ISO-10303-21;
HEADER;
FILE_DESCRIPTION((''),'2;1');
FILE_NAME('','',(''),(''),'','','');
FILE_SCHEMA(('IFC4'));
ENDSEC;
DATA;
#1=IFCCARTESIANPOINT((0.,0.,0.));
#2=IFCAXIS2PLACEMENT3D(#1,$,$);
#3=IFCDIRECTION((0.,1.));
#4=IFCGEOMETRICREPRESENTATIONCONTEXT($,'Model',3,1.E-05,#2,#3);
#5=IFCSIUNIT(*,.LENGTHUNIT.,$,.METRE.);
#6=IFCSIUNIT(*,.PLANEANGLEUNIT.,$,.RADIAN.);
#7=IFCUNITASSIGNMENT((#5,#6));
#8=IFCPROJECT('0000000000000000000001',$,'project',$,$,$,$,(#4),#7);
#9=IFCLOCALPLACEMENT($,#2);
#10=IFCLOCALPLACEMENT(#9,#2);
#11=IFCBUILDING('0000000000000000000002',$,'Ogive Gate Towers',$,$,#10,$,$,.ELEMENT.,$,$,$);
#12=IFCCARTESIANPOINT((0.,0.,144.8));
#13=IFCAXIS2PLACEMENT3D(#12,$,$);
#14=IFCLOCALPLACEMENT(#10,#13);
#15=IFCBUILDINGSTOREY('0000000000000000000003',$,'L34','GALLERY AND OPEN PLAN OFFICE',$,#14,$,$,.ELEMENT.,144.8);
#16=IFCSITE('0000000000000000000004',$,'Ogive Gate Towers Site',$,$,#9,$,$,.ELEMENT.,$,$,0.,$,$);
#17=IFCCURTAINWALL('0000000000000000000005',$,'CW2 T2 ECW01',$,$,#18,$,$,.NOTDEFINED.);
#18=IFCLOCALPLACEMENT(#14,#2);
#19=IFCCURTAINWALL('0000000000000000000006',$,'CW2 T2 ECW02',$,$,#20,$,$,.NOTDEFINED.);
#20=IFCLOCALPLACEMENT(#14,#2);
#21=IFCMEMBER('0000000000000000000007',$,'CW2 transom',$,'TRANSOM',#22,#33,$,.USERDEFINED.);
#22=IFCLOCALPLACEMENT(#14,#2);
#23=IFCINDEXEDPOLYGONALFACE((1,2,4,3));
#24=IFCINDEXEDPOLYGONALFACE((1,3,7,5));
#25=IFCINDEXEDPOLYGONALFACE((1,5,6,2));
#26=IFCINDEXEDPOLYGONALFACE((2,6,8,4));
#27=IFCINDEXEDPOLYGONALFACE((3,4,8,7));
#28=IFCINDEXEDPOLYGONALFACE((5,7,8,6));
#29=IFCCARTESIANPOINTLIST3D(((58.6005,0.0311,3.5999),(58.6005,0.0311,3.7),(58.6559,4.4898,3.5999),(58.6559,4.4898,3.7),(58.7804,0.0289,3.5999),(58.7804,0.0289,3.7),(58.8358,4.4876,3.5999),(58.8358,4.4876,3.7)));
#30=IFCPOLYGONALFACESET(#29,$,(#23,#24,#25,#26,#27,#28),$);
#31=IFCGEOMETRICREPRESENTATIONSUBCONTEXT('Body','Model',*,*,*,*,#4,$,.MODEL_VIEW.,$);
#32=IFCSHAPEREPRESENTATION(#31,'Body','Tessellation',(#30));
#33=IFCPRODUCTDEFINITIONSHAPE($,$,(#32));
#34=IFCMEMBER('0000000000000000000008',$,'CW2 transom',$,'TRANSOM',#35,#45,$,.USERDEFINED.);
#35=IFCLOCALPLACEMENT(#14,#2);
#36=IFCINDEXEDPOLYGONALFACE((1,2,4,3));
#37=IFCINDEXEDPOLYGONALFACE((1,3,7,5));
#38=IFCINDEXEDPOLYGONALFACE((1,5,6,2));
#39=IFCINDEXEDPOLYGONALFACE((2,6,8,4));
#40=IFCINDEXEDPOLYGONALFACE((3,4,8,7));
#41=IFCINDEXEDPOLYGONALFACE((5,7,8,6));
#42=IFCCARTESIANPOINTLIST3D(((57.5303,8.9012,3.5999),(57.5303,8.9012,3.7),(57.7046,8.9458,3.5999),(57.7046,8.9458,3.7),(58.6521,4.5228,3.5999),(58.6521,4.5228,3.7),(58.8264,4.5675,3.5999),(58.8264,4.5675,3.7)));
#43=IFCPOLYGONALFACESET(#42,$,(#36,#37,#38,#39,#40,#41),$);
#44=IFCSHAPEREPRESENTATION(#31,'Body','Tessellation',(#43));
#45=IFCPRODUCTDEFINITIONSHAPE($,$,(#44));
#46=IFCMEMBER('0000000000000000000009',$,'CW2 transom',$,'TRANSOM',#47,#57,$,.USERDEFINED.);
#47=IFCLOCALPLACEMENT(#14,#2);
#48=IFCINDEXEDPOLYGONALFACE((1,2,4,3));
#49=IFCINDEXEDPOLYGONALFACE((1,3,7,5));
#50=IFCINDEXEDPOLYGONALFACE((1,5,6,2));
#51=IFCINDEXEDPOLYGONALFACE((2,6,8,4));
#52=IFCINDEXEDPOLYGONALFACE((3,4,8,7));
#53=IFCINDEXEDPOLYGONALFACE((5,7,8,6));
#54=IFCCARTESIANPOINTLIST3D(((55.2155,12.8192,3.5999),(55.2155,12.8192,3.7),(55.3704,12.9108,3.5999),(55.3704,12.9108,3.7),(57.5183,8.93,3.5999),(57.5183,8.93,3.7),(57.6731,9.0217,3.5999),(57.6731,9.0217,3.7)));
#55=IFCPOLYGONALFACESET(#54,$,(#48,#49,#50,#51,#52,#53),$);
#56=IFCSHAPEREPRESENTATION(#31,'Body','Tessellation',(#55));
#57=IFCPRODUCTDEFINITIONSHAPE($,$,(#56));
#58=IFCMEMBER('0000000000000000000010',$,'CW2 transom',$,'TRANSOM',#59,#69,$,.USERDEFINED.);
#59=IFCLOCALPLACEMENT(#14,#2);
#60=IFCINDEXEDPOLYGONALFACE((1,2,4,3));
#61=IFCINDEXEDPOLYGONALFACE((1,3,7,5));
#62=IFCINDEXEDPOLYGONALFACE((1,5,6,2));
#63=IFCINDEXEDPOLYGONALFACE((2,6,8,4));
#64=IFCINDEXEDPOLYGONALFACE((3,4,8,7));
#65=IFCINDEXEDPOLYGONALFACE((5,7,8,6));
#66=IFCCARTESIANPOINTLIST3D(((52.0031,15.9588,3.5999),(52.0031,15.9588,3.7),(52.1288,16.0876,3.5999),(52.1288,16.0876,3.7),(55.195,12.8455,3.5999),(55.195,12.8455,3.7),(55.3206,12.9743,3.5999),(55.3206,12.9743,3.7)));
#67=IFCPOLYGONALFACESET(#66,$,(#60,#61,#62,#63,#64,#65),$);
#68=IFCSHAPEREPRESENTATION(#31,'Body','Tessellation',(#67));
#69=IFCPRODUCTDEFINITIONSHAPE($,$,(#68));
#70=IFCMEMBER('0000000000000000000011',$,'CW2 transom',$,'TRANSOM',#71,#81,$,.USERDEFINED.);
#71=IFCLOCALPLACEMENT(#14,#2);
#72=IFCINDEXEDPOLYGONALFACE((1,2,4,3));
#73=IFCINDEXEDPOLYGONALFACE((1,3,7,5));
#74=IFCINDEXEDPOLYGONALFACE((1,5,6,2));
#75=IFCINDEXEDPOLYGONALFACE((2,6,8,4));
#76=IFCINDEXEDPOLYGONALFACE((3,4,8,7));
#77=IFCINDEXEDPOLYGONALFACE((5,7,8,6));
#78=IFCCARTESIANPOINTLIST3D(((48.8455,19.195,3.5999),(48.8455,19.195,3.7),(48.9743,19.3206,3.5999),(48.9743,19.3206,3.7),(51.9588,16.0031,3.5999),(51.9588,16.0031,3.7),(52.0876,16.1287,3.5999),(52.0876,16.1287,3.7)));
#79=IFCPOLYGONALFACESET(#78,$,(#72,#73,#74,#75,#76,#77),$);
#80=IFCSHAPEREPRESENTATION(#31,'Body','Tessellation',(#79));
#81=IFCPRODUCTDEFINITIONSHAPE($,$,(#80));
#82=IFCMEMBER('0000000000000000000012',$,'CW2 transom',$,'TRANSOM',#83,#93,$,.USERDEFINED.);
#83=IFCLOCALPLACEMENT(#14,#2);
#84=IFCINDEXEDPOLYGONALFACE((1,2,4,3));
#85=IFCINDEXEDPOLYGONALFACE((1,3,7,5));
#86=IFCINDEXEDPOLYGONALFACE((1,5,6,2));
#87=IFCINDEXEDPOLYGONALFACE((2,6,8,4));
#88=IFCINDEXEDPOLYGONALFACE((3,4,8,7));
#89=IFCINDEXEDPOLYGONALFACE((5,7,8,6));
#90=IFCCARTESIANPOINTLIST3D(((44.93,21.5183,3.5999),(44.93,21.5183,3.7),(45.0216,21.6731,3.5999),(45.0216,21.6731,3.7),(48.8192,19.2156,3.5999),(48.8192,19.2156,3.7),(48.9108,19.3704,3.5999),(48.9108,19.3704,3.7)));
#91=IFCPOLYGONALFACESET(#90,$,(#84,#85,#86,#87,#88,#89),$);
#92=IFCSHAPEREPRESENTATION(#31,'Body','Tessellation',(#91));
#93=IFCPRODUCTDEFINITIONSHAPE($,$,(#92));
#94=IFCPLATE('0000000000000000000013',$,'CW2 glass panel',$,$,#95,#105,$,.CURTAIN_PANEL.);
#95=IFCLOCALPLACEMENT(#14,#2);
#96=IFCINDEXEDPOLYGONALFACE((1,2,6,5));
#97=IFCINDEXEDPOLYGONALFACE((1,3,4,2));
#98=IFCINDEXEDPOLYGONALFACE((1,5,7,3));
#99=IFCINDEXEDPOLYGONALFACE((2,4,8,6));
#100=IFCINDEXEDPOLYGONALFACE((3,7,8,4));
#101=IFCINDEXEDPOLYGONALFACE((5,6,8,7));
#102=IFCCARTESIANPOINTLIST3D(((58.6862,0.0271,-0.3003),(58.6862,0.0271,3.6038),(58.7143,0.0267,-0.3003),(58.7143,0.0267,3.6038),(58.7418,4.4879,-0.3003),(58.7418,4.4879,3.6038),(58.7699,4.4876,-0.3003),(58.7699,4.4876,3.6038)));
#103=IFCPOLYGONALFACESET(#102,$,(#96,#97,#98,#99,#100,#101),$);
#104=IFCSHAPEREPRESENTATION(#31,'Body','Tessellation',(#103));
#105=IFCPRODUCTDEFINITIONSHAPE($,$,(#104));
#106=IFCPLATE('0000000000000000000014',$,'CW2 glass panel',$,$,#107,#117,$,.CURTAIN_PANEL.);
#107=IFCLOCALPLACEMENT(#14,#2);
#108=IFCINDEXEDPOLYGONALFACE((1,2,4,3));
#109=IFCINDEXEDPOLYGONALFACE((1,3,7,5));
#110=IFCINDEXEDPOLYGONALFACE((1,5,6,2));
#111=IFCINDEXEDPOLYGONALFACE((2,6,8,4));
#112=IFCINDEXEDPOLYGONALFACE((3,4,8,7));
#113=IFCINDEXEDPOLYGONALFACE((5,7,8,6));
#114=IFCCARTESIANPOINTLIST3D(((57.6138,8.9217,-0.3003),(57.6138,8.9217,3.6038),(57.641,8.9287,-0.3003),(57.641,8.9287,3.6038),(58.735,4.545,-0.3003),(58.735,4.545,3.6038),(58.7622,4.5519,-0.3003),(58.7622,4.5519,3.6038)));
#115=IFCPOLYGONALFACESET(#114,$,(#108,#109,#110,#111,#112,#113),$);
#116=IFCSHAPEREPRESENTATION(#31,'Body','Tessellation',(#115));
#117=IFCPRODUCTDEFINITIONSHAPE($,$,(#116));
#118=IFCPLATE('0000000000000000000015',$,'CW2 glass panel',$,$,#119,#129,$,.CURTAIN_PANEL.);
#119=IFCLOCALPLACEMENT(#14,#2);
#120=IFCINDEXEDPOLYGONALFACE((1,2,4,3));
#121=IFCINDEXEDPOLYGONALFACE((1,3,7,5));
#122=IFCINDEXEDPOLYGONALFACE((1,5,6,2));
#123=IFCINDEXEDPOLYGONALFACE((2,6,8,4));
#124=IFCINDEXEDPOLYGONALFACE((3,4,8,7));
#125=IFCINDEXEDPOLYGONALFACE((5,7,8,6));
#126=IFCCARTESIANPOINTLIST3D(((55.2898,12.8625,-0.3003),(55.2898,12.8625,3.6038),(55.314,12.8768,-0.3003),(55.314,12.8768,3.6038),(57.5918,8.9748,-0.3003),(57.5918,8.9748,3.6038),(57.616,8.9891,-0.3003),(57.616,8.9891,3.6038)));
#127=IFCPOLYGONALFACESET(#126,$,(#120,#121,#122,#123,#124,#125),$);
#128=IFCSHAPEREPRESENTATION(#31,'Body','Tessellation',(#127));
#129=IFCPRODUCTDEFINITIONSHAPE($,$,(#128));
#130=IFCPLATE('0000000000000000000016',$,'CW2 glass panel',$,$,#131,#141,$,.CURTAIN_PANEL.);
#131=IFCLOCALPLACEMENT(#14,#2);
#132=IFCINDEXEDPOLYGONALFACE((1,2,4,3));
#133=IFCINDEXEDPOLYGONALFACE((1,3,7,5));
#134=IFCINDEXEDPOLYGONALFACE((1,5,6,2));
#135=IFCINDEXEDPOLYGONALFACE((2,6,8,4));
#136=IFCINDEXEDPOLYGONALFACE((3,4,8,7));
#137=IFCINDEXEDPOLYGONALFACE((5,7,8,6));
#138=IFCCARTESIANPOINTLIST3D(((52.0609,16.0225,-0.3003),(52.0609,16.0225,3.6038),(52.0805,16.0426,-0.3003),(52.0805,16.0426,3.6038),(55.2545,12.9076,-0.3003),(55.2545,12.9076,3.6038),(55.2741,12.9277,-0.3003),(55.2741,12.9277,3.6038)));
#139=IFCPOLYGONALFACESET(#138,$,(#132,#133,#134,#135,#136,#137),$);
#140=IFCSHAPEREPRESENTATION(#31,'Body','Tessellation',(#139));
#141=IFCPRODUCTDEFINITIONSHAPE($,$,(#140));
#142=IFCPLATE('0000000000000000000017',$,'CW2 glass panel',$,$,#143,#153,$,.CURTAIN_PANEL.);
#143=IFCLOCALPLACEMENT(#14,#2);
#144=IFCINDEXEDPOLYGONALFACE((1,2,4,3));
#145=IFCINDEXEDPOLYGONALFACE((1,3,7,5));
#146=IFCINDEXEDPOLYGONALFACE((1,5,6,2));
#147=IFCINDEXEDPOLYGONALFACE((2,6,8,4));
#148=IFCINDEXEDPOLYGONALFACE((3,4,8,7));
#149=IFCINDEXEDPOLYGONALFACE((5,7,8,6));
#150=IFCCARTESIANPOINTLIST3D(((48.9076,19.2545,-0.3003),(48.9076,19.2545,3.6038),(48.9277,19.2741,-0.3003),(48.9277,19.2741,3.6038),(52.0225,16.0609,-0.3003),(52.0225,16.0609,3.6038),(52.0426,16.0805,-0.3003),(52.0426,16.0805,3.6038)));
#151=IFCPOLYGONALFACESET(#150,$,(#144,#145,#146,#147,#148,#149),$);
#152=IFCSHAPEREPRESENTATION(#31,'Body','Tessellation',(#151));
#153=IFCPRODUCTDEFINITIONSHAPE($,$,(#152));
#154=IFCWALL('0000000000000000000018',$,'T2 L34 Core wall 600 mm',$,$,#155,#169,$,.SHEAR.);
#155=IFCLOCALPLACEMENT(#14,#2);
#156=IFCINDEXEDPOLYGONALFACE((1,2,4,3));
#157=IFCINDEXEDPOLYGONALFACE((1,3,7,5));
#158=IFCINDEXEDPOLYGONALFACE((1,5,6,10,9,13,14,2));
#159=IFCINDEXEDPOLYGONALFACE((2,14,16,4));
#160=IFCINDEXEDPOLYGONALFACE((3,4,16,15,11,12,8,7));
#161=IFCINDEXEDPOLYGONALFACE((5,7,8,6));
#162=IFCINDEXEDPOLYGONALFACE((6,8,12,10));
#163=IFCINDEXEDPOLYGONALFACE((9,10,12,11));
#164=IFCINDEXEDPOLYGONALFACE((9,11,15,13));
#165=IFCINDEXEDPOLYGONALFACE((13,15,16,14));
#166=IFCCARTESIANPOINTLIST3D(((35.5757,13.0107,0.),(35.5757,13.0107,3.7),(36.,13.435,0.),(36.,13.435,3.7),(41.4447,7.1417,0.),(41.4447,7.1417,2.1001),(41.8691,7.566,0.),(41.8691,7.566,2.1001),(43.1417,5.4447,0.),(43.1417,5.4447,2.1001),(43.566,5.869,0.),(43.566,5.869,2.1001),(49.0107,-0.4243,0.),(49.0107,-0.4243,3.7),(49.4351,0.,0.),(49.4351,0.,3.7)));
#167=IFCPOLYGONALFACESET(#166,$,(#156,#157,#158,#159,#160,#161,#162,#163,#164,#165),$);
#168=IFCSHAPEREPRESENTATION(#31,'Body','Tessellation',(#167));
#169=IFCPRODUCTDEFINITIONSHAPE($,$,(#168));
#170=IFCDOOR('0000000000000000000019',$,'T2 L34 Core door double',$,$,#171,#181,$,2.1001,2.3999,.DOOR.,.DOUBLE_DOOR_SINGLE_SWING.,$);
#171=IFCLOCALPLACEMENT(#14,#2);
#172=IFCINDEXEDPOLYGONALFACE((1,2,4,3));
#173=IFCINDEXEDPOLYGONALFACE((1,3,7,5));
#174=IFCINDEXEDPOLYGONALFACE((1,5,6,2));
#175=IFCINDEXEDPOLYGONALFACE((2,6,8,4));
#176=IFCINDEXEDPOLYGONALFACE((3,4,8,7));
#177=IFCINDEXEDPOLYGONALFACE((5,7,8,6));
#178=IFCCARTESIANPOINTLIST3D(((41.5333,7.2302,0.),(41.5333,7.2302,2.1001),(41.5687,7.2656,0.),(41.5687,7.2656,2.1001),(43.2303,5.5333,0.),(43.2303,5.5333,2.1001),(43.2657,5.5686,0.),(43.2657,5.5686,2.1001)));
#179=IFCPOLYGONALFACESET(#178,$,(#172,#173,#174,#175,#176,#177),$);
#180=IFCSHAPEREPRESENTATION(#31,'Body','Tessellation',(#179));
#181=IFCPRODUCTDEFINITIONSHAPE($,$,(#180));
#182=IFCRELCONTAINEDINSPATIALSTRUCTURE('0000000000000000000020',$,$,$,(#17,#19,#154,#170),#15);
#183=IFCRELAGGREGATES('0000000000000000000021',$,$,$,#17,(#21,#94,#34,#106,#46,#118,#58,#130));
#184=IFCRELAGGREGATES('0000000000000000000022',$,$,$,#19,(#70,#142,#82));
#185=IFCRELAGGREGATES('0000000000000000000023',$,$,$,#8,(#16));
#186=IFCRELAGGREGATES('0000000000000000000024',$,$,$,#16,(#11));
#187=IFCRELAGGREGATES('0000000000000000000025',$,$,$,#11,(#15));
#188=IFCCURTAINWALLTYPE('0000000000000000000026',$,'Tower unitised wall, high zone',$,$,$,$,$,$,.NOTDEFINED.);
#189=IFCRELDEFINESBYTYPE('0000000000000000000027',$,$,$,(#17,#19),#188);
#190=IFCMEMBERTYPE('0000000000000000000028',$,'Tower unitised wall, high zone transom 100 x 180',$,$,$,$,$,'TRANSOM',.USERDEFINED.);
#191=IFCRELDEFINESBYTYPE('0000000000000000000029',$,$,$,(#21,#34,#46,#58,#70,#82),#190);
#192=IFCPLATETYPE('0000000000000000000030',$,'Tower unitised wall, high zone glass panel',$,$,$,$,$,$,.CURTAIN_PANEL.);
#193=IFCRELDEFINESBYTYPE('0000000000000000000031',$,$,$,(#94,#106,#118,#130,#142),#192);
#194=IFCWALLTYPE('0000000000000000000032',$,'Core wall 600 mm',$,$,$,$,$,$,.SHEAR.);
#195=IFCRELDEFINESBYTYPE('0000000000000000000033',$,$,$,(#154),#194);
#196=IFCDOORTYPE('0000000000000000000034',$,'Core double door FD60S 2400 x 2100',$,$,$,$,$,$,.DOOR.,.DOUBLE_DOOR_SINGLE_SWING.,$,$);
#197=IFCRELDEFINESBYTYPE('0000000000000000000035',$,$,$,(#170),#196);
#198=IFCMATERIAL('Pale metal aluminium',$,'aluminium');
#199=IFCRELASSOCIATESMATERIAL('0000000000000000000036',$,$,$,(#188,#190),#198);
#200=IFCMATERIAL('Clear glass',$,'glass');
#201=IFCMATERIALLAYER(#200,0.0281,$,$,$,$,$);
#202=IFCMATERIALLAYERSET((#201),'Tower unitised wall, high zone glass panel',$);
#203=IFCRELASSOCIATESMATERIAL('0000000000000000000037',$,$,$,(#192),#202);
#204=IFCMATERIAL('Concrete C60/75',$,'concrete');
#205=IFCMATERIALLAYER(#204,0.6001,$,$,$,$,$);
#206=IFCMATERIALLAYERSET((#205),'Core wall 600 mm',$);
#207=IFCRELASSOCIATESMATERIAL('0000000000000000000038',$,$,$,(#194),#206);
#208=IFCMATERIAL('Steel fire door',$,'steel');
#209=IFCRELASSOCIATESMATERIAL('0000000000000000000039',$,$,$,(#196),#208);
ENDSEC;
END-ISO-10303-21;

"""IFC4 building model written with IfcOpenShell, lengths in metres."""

from ifc_helpers import new_model, si_unit, direction, frame, frame_2d, origin, origin_2d, place, context, subcontext, project, spatial, rectangle, extrude, material, layer, layer_set, material_profile, profile_set, type_object, element, fill, aggregate, save


model = new_model("IFC4")

# Units and contexts
model_context = context("Model", 3, precision=1e-05, world=origin(), true_north=direction((0.0, 1.0)))
body_context = subcontext(model_context, "Body", "Model", "MODEL_VIEW")
ifc_project = project(units=[si_unit("LENGTHUNIT", "METRE"), si_unit("PLANEANGLEUNIT", "RADIAN")], contexts=[model_context])

# Site, building, storey
site_placement = place(None, origin())
site = spatial("IfcSite", under=ifc_project, at=site_placement, Name="Ogive Gate Towers Site", CompositionType="ELEMENT", RefElevation=0.0)
building_placement = place(site_placement, origin())
building = spatial("IfcBuilding", under=site, at=building_placement, Name="Ogive Gate Towers", CompositionType="ELEMENT")
storey_placement = place(building_placement, frame((0.0, 0.0, 144.8)))
storey = spatial("IfcBuildingStorey", under=building, at=storey_placement, Name="L34", Description="GALLERY AND OPEN PLAN OFFICE", CompositionType="ELEMENT", Elevation=144.8)

# Curtain wall
ifc_material_1 = material(Name="Pale metal aluminium", Category="aluminium")
curtain_wall_type = type_object("IfcCurtainWallType", Name="Tower unitised wall, high zone", PredefinedType="NOTDEFINED", material=ifc_material_1)
curtain_wall_1_placement = place(storey_placement, origin())
curtain_wall_1 = element("IfcCurtainWall", 1, at=curtain_wall_1_placement, inside=storey, type_object=curtain_wall_type, Name="CW2 T2 ECW01", PredefinedType="NOTDEFINED")

# Curtain wall
curtain_wall_2_placement = place(storey_placement, origin())
curtain_wall_2 = element("IfcCurtainWall", 2, at=curtain_wall_2_placement, inside=storey, type_object=curtain_wall_type, Name="CW2 T2 ECW02", PredefinedType="NOTDEFINED")

# Members
ifc_material_profile_1 = material_profile(ifc_material_1, rectangle(XDim=0.1799, YDim=0.1001, at=origin_2d()), Name="100 x 180 aluminium box")
ifc_profile_set_1 = profile_set([ifc_material_profile_1], Name="Pale metal aluminium")
member_type_1 = type_object("IfcMemberType", Name="Tower unitised wall, high zone transom 100 x 180", ElementType="TRANSOM", PredefinedType="USERDEFINED", material=ifc_profile_set_1)
member_1_placement = place(storey_placement, frame((58.6904, 0.03, 3.6499), z_axis=(0.012429, 0.999923, 0.0), x_axis=(-0.999923, 0.012429, 0.0)))
member_1 = element("IfcMember", 3, at=member_1_placement, type_object=member_type_1, Name="CW2 transom", ObjectType="TRANSOM", PredefinedType="USERDEFINED", context=body_context, shape_type="SweptSolid", body=[
    extrude(rectangle(XDim=0.1799, YDim=0.1001, at=origin_2d()), origin(), (0.0, 0.0, 1.0), 4.459),
])
member_2_placement = place(storey_placement, frame((58.7393, 4.5452, 3.6499), z_axis=(-0.2482, 0.968709, 0.0), x_axis=(-0.968709, -0.2482, 0.0)))
member_2 = element("IfcMember", 4, at=member_2_placement, type_object=member_type_1, Name="CW2 transom", ObjectType="TRANSOM", PredefinedType="USERDEFINED", context=body_context, shape_type="SweptSolid", body=[
    extrude(rectangle(XDim=0.1799, YDim=0.1001, at=origin_2d()), origin(), (0.0, 0.0, 1.0), 4.5198),
])
member_3_placement = place(storey_placement, frame((57.5957, 8.9758, 3.6499), z_axis=(-0.509483, 0.860481, 0.0), x_axis=(-0.860481, -0.509483, 0.0)))
member_3 = element("IfcMember", 5, at=member_3_placement, type_object=member_type_1, Name="CW2 transom", ObjectType="TRANSOM", PredefinedType="USERDEFINED", context=body_context, shape_type="SweptSolid", body=[
    extrude(rectangle(XDim=0.1799, YDim=0.1001, at=origin_2d()), origin(), (0.0, 0.0, 1.0), 4.5198),
])
member_4_placement = place(storey_placement, frame((55.2578, 12.9099, 3.6499), z_axis=(-0.715867, 0.698236, 0.0), x_axis=(-0.698236, -0.715867, 0.0)))
member_4 = element("IfcMember", 6, at=member_4_placement, type_object=member_type_1, Name="CW2 transom", ObjectType="TRANSOM", PredefinedType="USERDEFINED", context=body_context, shape_type="SweptSolid", body=[
    extrude(rectangle(XDim=0.1799, YDim=0.1001, at=origin_2d()), origin(), (0.0, 0.0, 1.0), 4.4587),
])
member_5_placement = place(storey_placement, frame((52.0232, 16.0659, 3.6499), z_axis=(-0.698236, 0.715867, 0.0), x_axis=(-0.715867, -0.698236, 0.0)))
member_5 = element("IfcMember", 7, at=member_5_placement, type_object=member_type_1, Name="CW2 transom", ObjectType="TRANSOM", PredefinedType="USERDEFINED", context=body_context, shape_type="SweptSolid", body=[
    extrude(rectangle(XDim=0.1799, YDim=0.1001, at=origin_2d()), origin(), (0.0, 0.0, 1.0), 4.4587),
])
member_6_placement = place(storey_placement, frame((48.865, 19.293, 3.6499), z_axis=(-0.860481, 0.509483, 0.0), x_axis=(-0.509483, -0.860481, 0.0)))
member_6 = element("IfcMember", 8, at=member_6_placement, type_object=member_type_1, Name="CW2 transom", ObjectType="TRANSOM", PredefinedType="USERDEFINED", context=body_context, shape_type="SweptSolid", body=[
    extrude(rectangle(XDim=0.1799, YDim=0.1001, at=origin_2d()), origin(), (0.0, 0.0, 1.0), 4.5198),
])

# Plates
ifc_material_2 = material(Name="Clear glass", Category="glass")
ifc_layer_1 = layer(ifc_material_2, 0.0281)
ifc_layer_set_1 = layer_set([ifc_layer_1], Name="Tower unitised wall, high zone glass panel")
plate_type = type_object("IfcPlateType", Name="Tower unitised wall, high zone glass panel", PredefinedType="CURTAIN_PANEL", material=ifc_layer_set_1)
plate_1_placement = place(storey_placement, frame((58.728, 2.2573, -0.3003), z_axis=(0.0, 0.0, 1.0), x_axis=(0.012461, 0.999922, 0.0)))
plate_1 = element("IfcPlate", 9, at=plate_1_placement, type_object=plate_type, Name="CW2 glass panel", PredefinedType="CURTAIN_PANEL", context=body_context, shape_type="SweptSolid", body=[
    extrude(rectangle(XDim=4.4612, YDim=0.0281, at=origin_2d()), origin(), (0.0, 0.0, 1.0), 3.9041),
])
plate_2_placement = place(storey_placement, frame((58.188, 6.7368, -0.3003), z_axis=(0.0, 0.0, 1.0), x_axis=(-0.248166, 0.968718, 0.0)))
plate_2 = element("IfcPlate", 10, at=plate_2_placement, type_object=plate_type, Name="CW2 glass panel", PredefinedType="CURTAIN_PANEL", context=body_context, shape_type="SweptSolid", body=[
    extrude(rectangle(XDim=4.5181, YDim=0.0281, at=origin_2d()), origin(), (0.0, 0.0, 1.0), 3.9041),
])
plate_3_placement = place(storey_placement, frame((56.4529, 10.9258, -0.3003), z_axis=(0.0, 0.0, 1.0), x_axis=(-0.509507, 0.860466, 0.0)))
plate_3 = element("IfcPlate", 11, at=plate_3_placement, type_object=plate_type, Name="CW2 glass panel", PredefinedType="CURTAIN_PANEL", context=body_context, shape_type="SweptSolid", body=[
    extrude(rectangle(XDim=4.5181, YDim=0.0281, at=origin_2d()), origin(), (0.0, 0.0, 1.0), 3.9041),
])
plate_4_placement = place(storey_placement, frame((53.6675, 14.4751, -0.3003), z_axis=(0.0, 0.0, 1.0), x_axis=(-0.715863, 0.69824, 0.0)))
plate_4 = element("IfcPlate", 12, at=plate_4_placement, type_object=plate_type, Name="CW2 glass panel", PredefinedType="CURTAIN_PANEL", context=body_context, shape_type="SweptSolid", body=[
    extrude(rectangle(XDim=4.4612, YDim=0.0281, at=origin_2d()), origin(), (0.0, 0.0, 1.0), 3.9041),
])
aggregate(curtain_wall_1, [member_1, plate_1, member_2, plate_2, member_3, plate_3, member_4, plate_4])
plate_5_placement = place(storey_placement, frame((50.4751, 17.6675, -0.3003), z_axis=(0.0, 0.0, 1.0), x_axis=(-0.69824, 0.715863, 0.0)))
plate_5 = element("IfcPlate", 13, at=plate_5_placement, type_object=plate_type, Name="CW2 glass panel", PredefinedType="CURTAIN_PANEL", context=body_context, shape_type="SweptSolid", body=[
    extrude(rectangle(XDim=4.4612, YDim=0.0281, at=origin_2d()), origin(), (0.0, 0.0, 1.0), 3.9041),
])
aggregate(curtain_wall_2, [member_5, plate_5, member_6])

# Wall, opening, door
ifc_material_3 = material(Name="Concrete C60/75", Category="concrete")
ifc_layer_2 = layer(ifc_material_3, 0.6001)
ifc_layer_set_2 = layer_set([ifc_layer_2], Name="Core wall 600 mm")
wall_type_1 = type_object("IfcWallType", Name="Core wall 600 mm", PredefinedType="SHEAR", material=ifc_layer_set_2)
wall_1_placement = place(storey_placement, frame((49.2229, -0.2122, 0.0), z_axis=(0.0, 0.0, 1.0), x_axis=(-0.707107, 0.707107, 0.0)))
wall_1 = element("IfcWall", 14, at=wall_1_placement, inside=storey, type_object=wall_type_1, Name="T2 L34 Core wall 600 mm", PredefinedType="SHEAR", context=body_context, shape_type="SweptSolid", body=[
    extrude(rectangle(XDim=19.0, YDim=0.6001, at=frame_2d((9.5, 0.0))), origin(), (0.0, 0.0, 1.0), 3.7),
])
opening_1_placement = place(wall_1_placement, frame((8.3, 0.0, 0.0)))
opening_1 = element("IfcOpeningElement", 15, at=opening_1_placement, cuts=wall_1, PredefinedType="OPENING", context=body_context, shape_type="SweptSolid", body=[
    extrude(rectangle(XDim=2.3999, YDim=2.1001, at=frame_2d((1.2, 1.05))), frame((0.0, 0.3101, 0.0), z_axis=(0.0, -1.0, 0.0), x_axis=(1.0, 0.0, 0.0)), (0.0, 0.0, 1.0), 0.6201),
])
ifc_material_4 = material(Name="Steel fire door", Category="steel")
door_type_1 = type_object("IfcDoorType", Name="Core double door FD60S 2400 x 2100", OperationType="DOUBLE_DOOR_SINGLE_SWING", PredefinedType="DOOR", material=ifc_material_4)
door_1_placement = place(opening_1_placement, origin())
door_1 = element("IfcDoor", 16, at=door_1_placement, inside=storey, type_object=door_type_1, Name="T2 L34 Core door double", OperationType="DOUBLE_DOOR_SINGLE_SWING", OverallHeight=2.1001, OverallWidth=2.3999, PredefinedType="DOOR", context=body_context, shape_type="SweptSolid", body=[
    extrude(rectangle(XDim=2.3999, YDim=2.1001, at=frame_2d((1.2, 1.05))), frame((0.0, 0.1748, 0.0), z_axis=(0.0, -1.0, 0.0), x_axis=(1.0, 0.0, 0.0)), (0.0, 0.0, 1.0), 0.05),
])
fill(opening_1, door_1)

save(model, "model.ifc")
